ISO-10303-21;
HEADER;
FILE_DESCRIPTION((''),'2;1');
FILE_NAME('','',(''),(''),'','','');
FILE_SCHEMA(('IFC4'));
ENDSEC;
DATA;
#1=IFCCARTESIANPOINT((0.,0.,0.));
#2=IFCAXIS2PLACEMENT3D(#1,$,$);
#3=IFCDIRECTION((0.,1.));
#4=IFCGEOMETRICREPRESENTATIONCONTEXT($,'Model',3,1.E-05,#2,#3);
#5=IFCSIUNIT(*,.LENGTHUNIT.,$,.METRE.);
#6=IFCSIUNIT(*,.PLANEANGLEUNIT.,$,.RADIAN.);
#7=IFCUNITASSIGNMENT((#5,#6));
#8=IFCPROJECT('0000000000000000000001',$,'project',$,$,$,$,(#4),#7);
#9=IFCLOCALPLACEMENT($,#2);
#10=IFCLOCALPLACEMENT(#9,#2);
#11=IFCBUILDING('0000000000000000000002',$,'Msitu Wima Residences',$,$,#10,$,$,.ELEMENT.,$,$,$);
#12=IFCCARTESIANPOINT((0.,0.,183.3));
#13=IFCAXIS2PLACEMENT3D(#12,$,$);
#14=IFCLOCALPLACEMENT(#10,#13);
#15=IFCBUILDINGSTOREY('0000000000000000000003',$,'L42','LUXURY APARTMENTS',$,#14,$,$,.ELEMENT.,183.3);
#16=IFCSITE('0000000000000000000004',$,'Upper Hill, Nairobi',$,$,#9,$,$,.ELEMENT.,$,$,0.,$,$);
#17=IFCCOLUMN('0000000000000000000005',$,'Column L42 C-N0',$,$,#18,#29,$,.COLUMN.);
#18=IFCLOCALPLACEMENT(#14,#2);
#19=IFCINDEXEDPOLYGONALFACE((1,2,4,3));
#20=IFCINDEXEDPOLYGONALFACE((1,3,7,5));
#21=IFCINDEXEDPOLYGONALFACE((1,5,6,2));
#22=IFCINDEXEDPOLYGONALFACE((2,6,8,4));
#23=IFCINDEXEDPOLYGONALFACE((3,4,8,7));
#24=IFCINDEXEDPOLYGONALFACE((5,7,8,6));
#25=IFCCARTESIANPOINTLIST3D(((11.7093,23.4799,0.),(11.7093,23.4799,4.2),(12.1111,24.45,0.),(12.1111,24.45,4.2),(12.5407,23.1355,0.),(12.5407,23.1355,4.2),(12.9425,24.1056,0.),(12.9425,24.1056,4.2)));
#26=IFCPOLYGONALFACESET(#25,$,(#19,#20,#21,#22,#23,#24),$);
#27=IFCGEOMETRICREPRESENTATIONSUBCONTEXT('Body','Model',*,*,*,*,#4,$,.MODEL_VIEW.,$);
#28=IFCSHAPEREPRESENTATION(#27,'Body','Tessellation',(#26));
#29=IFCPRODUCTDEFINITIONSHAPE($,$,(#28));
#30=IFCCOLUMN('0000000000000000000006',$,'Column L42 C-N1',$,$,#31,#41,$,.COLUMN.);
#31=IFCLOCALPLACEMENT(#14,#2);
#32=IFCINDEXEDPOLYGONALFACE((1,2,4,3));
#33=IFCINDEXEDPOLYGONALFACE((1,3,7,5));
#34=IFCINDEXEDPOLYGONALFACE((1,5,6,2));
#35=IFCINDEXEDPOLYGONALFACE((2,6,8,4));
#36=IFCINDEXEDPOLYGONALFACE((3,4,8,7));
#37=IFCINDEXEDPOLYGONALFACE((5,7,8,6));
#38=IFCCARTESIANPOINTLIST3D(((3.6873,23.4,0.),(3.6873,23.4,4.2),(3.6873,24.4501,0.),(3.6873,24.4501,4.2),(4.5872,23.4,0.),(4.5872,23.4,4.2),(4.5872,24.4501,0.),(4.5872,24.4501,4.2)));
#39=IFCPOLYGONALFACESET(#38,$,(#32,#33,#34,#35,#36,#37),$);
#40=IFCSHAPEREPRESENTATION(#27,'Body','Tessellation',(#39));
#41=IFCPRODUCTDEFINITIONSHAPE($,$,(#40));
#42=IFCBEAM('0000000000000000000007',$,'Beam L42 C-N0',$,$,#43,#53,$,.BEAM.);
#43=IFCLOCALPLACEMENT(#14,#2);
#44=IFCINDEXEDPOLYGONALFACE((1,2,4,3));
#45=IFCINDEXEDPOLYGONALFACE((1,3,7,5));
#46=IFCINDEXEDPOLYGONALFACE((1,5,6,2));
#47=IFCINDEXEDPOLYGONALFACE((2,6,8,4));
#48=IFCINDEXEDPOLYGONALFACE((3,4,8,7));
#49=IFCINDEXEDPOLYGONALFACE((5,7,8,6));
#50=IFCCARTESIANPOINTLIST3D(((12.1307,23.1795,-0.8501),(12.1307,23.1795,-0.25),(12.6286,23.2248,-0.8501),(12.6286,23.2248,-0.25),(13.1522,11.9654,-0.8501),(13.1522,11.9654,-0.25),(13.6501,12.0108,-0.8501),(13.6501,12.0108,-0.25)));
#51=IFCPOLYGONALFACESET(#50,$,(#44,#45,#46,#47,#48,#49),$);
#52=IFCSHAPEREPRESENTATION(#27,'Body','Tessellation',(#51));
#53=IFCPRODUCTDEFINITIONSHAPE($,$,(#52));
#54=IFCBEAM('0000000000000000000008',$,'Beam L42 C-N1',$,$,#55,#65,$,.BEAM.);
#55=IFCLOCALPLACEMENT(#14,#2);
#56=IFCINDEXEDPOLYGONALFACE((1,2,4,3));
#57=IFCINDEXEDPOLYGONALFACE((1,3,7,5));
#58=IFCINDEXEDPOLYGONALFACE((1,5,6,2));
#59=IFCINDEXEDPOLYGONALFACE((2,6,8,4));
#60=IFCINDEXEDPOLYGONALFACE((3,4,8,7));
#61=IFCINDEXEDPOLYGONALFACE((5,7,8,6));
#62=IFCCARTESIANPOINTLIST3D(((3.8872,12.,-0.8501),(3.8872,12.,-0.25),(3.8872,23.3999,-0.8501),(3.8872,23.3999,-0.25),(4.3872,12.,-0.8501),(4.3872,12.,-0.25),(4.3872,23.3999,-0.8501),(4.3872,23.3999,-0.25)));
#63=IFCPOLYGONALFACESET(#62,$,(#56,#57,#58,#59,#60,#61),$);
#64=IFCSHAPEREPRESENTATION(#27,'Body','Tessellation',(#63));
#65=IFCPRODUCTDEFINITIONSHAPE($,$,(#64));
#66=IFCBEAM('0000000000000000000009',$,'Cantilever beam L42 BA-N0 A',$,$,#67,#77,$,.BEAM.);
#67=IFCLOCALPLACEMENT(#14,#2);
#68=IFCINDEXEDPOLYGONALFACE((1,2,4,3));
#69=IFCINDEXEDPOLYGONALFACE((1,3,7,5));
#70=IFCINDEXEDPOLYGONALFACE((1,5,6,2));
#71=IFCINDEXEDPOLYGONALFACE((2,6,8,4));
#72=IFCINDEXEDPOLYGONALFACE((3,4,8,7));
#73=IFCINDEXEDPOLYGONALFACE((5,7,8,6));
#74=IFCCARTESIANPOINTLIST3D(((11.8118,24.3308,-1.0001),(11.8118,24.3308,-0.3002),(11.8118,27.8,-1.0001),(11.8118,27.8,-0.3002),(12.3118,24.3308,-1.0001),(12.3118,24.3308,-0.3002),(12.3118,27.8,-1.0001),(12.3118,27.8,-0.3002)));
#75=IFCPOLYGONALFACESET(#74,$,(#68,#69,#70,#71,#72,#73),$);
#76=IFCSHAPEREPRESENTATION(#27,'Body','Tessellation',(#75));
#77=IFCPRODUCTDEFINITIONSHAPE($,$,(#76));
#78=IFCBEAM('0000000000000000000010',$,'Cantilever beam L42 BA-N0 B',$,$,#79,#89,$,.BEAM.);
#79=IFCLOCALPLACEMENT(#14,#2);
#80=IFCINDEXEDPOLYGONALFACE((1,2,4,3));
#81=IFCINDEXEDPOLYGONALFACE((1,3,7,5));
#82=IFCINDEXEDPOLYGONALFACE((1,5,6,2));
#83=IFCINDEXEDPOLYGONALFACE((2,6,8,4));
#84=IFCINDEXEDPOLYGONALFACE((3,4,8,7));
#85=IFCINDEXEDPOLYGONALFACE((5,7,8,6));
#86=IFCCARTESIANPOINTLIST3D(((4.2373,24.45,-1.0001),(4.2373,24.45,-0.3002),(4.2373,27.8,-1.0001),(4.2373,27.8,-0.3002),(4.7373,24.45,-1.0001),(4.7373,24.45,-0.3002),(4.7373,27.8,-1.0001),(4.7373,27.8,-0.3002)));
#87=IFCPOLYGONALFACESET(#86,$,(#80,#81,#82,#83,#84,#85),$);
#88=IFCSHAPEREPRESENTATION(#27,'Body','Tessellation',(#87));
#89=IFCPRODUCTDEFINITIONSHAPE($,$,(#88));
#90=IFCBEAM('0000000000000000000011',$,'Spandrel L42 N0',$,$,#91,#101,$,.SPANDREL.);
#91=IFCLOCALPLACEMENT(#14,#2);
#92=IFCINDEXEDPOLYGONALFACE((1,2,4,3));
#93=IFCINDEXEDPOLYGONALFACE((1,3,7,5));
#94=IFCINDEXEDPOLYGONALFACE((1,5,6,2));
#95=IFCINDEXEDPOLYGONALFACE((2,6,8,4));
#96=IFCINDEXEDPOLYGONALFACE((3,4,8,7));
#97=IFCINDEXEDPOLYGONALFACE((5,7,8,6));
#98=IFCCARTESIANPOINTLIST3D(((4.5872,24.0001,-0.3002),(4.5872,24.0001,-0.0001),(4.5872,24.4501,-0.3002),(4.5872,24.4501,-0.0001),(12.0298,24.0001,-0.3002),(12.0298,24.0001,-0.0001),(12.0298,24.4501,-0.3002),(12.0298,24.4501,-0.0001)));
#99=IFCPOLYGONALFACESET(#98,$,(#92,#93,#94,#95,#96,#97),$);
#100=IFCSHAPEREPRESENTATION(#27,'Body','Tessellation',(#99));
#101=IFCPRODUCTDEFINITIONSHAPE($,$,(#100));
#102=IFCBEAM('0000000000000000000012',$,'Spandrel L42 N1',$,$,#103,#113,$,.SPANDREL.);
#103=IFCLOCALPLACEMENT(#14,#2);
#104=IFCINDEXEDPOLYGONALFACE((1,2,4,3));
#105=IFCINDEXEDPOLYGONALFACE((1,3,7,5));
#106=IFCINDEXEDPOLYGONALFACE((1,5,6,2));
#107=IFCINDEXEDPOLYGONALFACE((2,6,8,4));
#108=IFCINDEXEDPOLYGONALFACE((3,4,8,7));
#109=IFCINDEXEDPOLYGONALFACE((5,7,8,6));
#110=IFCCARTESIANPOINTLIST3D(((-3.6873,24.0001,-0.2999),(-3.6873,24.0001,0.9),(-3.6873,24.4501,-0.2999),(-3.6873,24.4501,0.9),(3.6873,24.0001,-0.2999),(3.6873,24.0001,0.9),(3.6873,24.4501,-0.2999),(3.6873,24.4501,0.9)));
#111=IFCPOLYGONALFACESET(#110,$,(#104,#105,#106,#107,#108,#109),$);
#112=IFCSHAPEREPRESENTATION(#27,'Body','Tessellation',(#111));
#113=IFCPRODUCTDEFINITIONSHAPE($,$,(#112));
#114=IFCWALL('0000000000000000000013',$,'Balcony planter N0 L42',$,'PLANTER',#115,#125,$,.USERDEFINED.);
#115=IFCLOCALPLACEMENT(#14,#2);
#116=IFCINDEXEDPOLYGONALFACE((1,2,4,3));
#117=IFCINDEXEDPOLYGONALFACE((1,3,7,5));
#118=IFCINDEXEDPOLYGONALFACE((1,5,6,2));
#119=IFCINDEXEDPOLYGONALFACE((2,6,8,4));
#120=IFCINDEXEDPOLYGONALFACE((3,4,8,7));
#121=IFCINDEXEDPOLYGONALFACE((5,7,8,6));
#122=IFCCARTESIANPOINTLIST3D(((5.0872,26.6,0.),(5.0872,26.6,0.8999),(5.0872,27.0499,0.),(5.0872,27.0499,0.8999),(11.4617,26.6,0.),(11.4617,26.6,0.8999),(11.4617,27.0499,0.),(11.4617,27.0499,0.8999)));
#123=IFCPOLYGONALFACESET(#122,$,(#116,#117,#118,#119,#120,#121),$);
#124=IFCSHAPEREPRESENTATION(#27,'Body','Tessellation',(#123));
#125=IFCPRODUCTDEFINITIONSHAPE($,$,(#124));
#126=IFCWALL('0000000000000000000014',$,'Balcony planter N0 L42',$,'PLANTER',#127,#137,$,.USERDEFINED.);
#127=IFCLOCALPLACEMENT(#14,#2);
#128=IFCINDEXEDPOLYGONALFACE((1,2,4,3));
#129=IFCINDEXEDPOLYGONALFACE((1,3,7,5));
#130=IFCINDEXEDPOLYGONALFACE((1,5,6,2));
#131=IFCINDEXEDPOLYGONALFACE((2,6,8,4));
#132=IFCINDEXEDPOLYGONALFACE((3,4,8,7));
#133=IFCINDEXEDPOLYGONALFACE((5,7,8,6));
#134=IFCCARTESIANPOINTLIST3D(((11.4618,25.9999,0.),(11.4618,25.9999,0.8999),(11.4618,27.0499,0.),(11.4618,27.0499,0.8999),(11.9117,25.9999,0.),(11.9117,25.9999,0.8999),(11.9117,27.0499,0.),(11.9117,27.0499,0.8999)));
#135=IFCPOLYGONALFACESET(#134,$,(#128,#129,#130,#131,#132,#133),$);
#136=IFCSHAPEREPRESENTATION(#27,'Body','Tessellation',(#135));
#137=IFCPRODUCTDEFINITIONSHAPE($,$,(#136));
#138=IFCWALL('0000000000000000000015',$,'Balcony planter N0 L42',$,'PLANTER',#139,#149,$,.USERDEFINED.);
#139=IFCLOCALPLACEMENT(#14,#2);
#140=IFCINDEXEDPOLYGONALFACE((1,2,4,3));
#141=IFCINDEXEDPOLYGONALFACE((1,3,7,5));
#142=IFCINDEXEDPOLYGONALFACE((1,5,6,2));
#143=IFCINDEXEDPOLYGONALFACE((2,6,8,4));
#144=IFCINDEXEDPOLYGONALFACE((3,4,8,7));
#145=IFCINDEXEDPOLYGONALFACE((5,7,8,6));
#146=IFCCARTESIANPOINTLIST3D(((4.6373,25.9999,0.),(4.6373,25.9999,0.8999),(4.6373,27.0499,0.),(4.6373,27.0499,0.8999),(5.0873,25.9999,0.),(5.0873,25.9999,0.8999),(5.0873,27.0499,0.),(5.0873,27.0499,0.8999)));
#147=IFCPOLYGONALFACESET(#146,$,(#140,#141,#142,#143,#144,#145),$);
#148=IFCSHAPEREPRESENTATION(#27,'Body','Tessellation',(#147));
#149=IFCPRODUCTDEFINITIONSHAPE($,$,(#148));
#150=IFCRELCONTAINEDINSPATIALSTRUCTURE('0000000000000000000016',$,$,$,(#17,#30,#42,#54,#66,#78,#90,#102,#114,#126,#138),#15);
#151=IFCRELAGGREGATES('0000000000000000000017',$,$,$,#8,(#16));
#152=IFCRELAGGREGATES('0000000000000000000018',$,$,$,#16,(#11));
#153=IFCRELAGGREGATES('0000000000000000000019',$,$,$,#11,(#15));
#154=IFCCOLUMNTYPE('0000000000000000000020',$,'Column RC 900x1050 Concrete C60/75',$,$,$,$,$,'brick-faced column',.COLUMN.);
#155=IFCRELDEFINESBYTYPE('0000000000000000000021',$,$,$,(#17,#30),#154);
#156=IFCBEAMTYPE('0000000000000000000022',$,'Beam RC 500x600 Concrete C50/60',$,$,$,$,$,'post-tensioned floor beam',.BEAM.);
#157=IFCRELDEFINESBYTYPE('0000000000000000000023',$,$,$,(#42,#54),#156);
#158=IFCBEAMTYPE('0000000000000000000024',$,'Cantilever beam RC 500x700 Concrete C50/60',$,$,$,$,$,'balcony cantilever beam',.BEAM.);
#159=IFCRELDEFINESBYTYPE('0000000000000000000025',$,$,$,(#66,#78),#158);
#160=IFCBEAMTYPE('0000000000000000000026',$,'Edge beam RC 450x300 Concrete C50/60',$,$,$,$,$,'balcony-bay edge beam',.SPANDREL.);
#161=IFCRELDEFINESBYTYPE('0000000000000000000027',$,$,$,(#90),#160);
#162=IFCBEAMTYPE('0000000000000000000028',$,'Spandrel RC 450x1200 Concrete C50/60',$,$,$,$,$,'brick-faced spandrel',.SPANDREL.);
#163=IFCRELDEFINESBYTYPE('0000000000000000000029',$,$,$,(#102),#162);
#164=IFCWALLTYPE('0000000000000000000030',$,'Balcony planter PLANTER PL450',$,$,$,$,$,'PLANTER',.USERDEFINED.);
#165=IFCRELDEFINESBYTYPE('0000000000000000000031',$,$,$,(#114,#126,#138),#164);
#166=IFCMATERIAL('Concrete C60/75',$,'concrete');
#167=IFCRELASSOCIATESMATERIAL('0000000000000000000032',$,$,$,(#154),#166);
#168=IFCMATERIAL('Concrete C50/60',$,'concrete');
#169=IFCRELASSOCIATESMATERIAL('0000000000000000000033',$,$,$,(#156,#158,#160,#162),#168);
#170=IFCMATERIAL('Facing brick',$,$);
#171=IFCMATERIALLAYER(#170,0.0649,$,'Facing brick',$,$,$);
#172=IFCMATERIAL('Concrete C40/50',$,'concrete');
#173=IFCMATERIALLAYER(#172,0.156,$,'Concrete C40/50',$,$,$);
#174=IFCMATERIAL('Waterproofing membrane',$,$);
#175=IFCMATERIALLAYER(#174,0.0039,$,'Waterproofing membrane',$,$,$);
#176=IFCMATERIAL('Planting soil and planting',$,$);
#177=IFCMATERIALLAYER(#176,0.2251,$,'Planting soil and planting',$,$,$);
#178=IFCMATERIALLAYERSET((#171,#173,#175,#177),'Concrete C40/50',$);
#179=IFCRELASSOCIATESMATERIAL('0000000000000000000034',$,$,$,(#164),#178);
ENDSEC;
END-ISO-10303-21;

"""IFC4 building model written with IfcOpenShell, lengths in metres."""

from ifc_helpers import new_model, si_unit, direction, frame, frame_2d, origin, origin_2d, place, context, subcontext, project, spatial, rectangle, extrude, material, layer, layer_set, material_profile, profile_set, type_object, element, save


model = new_model("IFC4")

# Units and contexts
model_context = context("Model", 3, precision=1e-05, world=origin(), true_north=direction((0.0, 1.0)))
body_context = subcontext(model_context, "Body", "Model", "MODEL_VIEW")
ifc_project = project(units=[si_unit("LENGTHUNIT", "METRE"), si_unit("PLANEANGLEUNIT", "RADIAN")], contexts=[model_context])

# Site, building, storey
site_placement = place(None, origin())
site = spatial("IfcSite", under=ifc_project, at=site_placement, Name="Upper Hill, Nairobi", CompositionType="ELEMENT", RefElevation=0.0)
building_placement = place(site_placement, origin())
building = spatial("IfcBuilding", under=site, at=building_placement, Name="Msitu Wima Residences", CompositionType="ELEMENT")
storey_placement = place(building_placement, frame((0.0, 0.0, 183.3)))
storey = spatial("IfcBuildingStorey", under=building, at=storey_placement, Name="L42", Description="LUXURY APARTMENTS", CompositionType="ELEMENT", Elevation=183.3)

# Columns
ifc_material_1 = material(Name="Concrete C60/75", Category="concrete")
ifc_material_profile_1 = material_profile(ifc_material_1, rectangle(XDim=0.8999, YDim=1.05, at=origin_2d()), Name="RC 900x1050")
ifc_profile_set_1 = profile_set([ifc_material_profile_1], Name="Concrete C60/75")
column_type = type_object("IfcColumnType", Name="Column RC 900x1050 Concrete C60/75", ElementType="brick-faced column", PredefinedType="COLUMN", material=ifc_profile_set_1)
for number, where, z_axis, x_axis, name in (
    (1, (12.3259, 23.7927, 0.0), (0.0, 0.0, 1.0), (-0.92388, 0.382683, 0.0), "Column L42 C-N0"),
    (2, (4.1372, 23.925, 0.0), (0.0, 0.0, 1.0), (-1.0, 0.0, 0.0), "Column L42 C-N1"),
):
    element("IfcColumn", number, at=place(storey_placement, frame(where, z_axis=z_axis, x_axis=x_axis)), inside=storey, type_object=column_type, Name=name, PredefinedType="COLUMN", context=body_context, shape_type="SweptSolid", body=[
        extrude(rectangle(XDim=0.8999, YDim=1.05, at=origin_2d()), origin(), (0.0, 0.0, 1.0), 4.2),
    ])

# Beams
ifc_material_2 = material(Name="Concrete C50/60", Category="concrete")
ifc_material_profile_2 = material_profile(ifc_material_2, rectangle(XDim=0.5, YDim=0.6001, at=origin_2d()), Name="RC 500x600")
ifc_profile_set_2 = profile_set([ifc_material_profile_2], Name="Concrete C50/60")
beam_type_1 = type_object("IfcBeamType", Name="Beam RC 500x600 Concrete C50/60", ElementType="post-tensioned floor beam", PredefinedType="BEAM", material=ifc_profile_set_2)
beam_1_placement = place(storey_placement, frame((12.3796, 23.2021, -0.55), z_axis=(0.090714, -0.995877, 0.0), x_axis=(0.995877, 0.090714, 0.0)))
element("IfcBeam", 3, at=beam_1_placement, inside=storey, type_object=beam_type_1, Name="Beam L42 C-N0", PredefinedType="BEAM", context=body_context, shape_type="SweptSolid", body=[
    extrude(rectangle(XDim=0.5, YDim=0.6001, at=origin_2d()), origin(), (0.0, 0.0, 1.0), 11.2605),
])
beam_2_placement = place(storey_placement, frame((4.1372, 23.3999, -0.55), z_axis=(0.0, -1.0, 0.0), x_axis=(1.0, 0.0, 0.0)))
element("IfcBeam", 4, at=beam_2_placement, inside=storey, type_object=beam_type_1, Name="Beam L42 C-N1", PredefinedType="BEAM", context=body_context, shape_type="SweptSolid", body=[
    extrude(rectangle(XDim=0.5, YDim=0.6001, at=origin_2d()), origin(), (0.0, 0.0, 1.0), 11.3999),
])
ifc_material_profile_3 = material_profile(ifc_material_2, rectangle(XDim=0.5, YDim=0.7, at=origin_2d()), Name="RC 500x700")
ifc_profile_set_3 = profile_set([ifc_material_profile_3], Name="Concrete C50/60")
beam_type_2 = type_object("IfcBeamType", Name="Cantilever beam RC 500x700 Concrete C50/60", ElementType="balcony cantilever beam", PredefinedType="BEAM", material=ifc_profile_set_3)
beam_3_placement = place(storey_placement, frame((12.0618, 24.3308, -0.6501), z_axis=(0.0, 1.0, 0.0), x_axis=(-1.0, 0.0, 0.0)))
element("IfcBeam", 5, at=beam_3_placement, inside=storey, type_object=beam_type_2, Name="Cantilever beam L42 BA-N0 A", PredefinedType="BEAM", context=body_context, shape_type="SweptSolid", body=[
    extrude(rectangle(XDim=0.5, YDim=0.7, at=origin_2d()), origin(), (0.0, 0.0, 1.0), 3.4692),
])
beam_4_placement = place(storey_placement, frame((4.4873, 24.45, -0.6501), z_axis=(0.0, 1.0, 0.0), x_axis=(-1.0, 0.0, 0.0)))
element("IfcBeam", 6, at=beam_4_placement, inside=storey, type_object=beam_type_2, Name="Cantilever beam L42 BA-N0 B", PredefinedType="BEAM", context=body_context, shape_type="SweptSolid", body=[
    extrude(rectangle(XDim=0.5, YDim=0.7, at=origin_2d()), origin(), (0.0, 0.0, 1.0), 3.3501),
])
ifc_material_profile_4 = material_profile(ifc_material_2, rectangle(XDim=0.45, YDim=0.3, at=origin_2d()), Name="RC 450x300")
ifc_profile_set_4 = profile_set([ifc_material_profile_4], Name="Concrete C50/60")
beam_type_3 = type_object("IfcBeamType", Name="Edge beam RC 450x300 Concrete C50/60", ElementType="balcony-bay edge beam", PredefinedType="SPANDREL", material=ifc_profile_set_4)
beam_5_placement = place(storey_placement, frame((12.0298, 24.2251, -0.1501), z_axis=(-1.0, 0.0, 0.0), x_axis=(0.0, -1.0, 0.0)))
element("IfcBeam", 7, at=beam_5_placement, inside=storey, type_object=beam_type_3, Name="Spandrel L42 N0", PredefinedType="SPANDREL", context=body_context, shape_type="SweptSolid", body=[
    extrude(rectangle(XDim=0.45, YDim=0.3, at=origin_2d()), origin(), (0.0, 0.0, 1.0), 7.4426),
])
ifc_material_profile_5 = material_profile(ifc_material_2, rectangle(XDim=0.45, YDim=1.2, at=origin_2d()), Name="RC 450x1200")
ifc_profile_set_5 = profile_set([ifc_material_profile_5], Name="Concrete C50/60")
beam_type_4 = type_object("IfcBeamType", Name="Spandrel RC 450x1200 Concrete C50/60", ElementType="brick-faced spandrel", PredefinedType="SPANDREL", material=ifc_profile_set_5)
beam_6_placement = place(storey_placement, frame((3.6873, 24.2251, 0.3), z_axis=(-1.0, 0.0, 0.0), x_axis=(0.0, -1.0, 0.0)))
element("IfcBeam", 8, at=beam_6_placement, inside=storey, type_object=beam_type_4, Name="Spandrel L42 N1", PredefinedType="SPANDREL", context=body_context, shape_type="SweptSolid", body=[
    extrude(rectangle(XDim=0.45, YDim=1.2, at=origin_2d()), origin(), (0.0, 0.0, 1.0), 7.3745),
])

# Walls
ifc_material_3 = material(Name="Facing brick")
ifc_layer_1 = layer(ifc_material_3, 0.0649, Name="Facing brick")
ifc_material_4 = material(Name="Concrete C40/50", Category="concrete")
ifc_layer_2 = layer(ifc_material_4, 0.156, Name="Concrete C40/50")
ifc_material_5 = material(Name="Waterproofing membrane")
ifc_layer_3 = layer(ifc_material_5, 0.0039, Name="Waterproofing membrane")
ifc_material_6 = material(Name="Planting soil and planting")
ifc_layer_4 = layer(ifc_material_6, 0.2251, Name="Planting soil and planting")
ifc_layer_set_1 = layer_set([ifc_layer_1, ifc_layer_2, ifc_layer_3, ifc_layer_4], Name="Concrete C40/50")
wall_type_1 = type_object("IfcWallType", Name="Balcony planter PLANTER PL450", ElementType="PLANTER", PredefinedType="USERDEFINED", material=ifc_layer_set_1)
wall_1_placement = place(storey_placement, frame((11.4617, 26.825, 0.0), z_axis=(0.0, 0.0, 1.0), x_axis=(-1.0, 0.0, 0.0)))
element("IfcWall", 9, at=wall_1_placement, inside=storey, type_object=wall_type_1, Name="Balcony planter N0 L42", ObjectType="PLANTER", PredefinedType="USERDEFINED", context=body_context, shape_type="SweptSolid", body=[
    extrude(rectangle(XDim=6.3745, YDim=0.45, at=frame_2d((3.1873, 0.0))), origin(), (0.0, 0.0, 1.0), 0.8999),
])
for number, where, z_axis, x_axis, name in (
    (10, (11.6868, 26.0, 0.0), (0.0, 0.0, 1.0), (0.0, 1.0, 0.0), "Balcony planter N0 L42"),
    (11, (4.8623, 26.0, 0.0), (0.0, 0.0, 1.0), (0.0, 1.0, 0.0), "Balcony planter N0 L42"),
):
    element("IfcWall", number, at=place(storey_placement, frame(where, z_axis=z_axis, x_axis=x_axis)), inside=storey, type_object=wall_type_1, Name=name, ObjectType="PLANTER", PredefinedType="USERDEFINED", context=body_context, shape_type="SweptSolid", body=[
        extrude(rectangle(XDim=1.05, YDim=0.45, at=frame_2d((0.5249, 0.0))), origin(), (0.0, 0.0, 1.0), 0.8999),
    ])

save(model, "model.ifc")
